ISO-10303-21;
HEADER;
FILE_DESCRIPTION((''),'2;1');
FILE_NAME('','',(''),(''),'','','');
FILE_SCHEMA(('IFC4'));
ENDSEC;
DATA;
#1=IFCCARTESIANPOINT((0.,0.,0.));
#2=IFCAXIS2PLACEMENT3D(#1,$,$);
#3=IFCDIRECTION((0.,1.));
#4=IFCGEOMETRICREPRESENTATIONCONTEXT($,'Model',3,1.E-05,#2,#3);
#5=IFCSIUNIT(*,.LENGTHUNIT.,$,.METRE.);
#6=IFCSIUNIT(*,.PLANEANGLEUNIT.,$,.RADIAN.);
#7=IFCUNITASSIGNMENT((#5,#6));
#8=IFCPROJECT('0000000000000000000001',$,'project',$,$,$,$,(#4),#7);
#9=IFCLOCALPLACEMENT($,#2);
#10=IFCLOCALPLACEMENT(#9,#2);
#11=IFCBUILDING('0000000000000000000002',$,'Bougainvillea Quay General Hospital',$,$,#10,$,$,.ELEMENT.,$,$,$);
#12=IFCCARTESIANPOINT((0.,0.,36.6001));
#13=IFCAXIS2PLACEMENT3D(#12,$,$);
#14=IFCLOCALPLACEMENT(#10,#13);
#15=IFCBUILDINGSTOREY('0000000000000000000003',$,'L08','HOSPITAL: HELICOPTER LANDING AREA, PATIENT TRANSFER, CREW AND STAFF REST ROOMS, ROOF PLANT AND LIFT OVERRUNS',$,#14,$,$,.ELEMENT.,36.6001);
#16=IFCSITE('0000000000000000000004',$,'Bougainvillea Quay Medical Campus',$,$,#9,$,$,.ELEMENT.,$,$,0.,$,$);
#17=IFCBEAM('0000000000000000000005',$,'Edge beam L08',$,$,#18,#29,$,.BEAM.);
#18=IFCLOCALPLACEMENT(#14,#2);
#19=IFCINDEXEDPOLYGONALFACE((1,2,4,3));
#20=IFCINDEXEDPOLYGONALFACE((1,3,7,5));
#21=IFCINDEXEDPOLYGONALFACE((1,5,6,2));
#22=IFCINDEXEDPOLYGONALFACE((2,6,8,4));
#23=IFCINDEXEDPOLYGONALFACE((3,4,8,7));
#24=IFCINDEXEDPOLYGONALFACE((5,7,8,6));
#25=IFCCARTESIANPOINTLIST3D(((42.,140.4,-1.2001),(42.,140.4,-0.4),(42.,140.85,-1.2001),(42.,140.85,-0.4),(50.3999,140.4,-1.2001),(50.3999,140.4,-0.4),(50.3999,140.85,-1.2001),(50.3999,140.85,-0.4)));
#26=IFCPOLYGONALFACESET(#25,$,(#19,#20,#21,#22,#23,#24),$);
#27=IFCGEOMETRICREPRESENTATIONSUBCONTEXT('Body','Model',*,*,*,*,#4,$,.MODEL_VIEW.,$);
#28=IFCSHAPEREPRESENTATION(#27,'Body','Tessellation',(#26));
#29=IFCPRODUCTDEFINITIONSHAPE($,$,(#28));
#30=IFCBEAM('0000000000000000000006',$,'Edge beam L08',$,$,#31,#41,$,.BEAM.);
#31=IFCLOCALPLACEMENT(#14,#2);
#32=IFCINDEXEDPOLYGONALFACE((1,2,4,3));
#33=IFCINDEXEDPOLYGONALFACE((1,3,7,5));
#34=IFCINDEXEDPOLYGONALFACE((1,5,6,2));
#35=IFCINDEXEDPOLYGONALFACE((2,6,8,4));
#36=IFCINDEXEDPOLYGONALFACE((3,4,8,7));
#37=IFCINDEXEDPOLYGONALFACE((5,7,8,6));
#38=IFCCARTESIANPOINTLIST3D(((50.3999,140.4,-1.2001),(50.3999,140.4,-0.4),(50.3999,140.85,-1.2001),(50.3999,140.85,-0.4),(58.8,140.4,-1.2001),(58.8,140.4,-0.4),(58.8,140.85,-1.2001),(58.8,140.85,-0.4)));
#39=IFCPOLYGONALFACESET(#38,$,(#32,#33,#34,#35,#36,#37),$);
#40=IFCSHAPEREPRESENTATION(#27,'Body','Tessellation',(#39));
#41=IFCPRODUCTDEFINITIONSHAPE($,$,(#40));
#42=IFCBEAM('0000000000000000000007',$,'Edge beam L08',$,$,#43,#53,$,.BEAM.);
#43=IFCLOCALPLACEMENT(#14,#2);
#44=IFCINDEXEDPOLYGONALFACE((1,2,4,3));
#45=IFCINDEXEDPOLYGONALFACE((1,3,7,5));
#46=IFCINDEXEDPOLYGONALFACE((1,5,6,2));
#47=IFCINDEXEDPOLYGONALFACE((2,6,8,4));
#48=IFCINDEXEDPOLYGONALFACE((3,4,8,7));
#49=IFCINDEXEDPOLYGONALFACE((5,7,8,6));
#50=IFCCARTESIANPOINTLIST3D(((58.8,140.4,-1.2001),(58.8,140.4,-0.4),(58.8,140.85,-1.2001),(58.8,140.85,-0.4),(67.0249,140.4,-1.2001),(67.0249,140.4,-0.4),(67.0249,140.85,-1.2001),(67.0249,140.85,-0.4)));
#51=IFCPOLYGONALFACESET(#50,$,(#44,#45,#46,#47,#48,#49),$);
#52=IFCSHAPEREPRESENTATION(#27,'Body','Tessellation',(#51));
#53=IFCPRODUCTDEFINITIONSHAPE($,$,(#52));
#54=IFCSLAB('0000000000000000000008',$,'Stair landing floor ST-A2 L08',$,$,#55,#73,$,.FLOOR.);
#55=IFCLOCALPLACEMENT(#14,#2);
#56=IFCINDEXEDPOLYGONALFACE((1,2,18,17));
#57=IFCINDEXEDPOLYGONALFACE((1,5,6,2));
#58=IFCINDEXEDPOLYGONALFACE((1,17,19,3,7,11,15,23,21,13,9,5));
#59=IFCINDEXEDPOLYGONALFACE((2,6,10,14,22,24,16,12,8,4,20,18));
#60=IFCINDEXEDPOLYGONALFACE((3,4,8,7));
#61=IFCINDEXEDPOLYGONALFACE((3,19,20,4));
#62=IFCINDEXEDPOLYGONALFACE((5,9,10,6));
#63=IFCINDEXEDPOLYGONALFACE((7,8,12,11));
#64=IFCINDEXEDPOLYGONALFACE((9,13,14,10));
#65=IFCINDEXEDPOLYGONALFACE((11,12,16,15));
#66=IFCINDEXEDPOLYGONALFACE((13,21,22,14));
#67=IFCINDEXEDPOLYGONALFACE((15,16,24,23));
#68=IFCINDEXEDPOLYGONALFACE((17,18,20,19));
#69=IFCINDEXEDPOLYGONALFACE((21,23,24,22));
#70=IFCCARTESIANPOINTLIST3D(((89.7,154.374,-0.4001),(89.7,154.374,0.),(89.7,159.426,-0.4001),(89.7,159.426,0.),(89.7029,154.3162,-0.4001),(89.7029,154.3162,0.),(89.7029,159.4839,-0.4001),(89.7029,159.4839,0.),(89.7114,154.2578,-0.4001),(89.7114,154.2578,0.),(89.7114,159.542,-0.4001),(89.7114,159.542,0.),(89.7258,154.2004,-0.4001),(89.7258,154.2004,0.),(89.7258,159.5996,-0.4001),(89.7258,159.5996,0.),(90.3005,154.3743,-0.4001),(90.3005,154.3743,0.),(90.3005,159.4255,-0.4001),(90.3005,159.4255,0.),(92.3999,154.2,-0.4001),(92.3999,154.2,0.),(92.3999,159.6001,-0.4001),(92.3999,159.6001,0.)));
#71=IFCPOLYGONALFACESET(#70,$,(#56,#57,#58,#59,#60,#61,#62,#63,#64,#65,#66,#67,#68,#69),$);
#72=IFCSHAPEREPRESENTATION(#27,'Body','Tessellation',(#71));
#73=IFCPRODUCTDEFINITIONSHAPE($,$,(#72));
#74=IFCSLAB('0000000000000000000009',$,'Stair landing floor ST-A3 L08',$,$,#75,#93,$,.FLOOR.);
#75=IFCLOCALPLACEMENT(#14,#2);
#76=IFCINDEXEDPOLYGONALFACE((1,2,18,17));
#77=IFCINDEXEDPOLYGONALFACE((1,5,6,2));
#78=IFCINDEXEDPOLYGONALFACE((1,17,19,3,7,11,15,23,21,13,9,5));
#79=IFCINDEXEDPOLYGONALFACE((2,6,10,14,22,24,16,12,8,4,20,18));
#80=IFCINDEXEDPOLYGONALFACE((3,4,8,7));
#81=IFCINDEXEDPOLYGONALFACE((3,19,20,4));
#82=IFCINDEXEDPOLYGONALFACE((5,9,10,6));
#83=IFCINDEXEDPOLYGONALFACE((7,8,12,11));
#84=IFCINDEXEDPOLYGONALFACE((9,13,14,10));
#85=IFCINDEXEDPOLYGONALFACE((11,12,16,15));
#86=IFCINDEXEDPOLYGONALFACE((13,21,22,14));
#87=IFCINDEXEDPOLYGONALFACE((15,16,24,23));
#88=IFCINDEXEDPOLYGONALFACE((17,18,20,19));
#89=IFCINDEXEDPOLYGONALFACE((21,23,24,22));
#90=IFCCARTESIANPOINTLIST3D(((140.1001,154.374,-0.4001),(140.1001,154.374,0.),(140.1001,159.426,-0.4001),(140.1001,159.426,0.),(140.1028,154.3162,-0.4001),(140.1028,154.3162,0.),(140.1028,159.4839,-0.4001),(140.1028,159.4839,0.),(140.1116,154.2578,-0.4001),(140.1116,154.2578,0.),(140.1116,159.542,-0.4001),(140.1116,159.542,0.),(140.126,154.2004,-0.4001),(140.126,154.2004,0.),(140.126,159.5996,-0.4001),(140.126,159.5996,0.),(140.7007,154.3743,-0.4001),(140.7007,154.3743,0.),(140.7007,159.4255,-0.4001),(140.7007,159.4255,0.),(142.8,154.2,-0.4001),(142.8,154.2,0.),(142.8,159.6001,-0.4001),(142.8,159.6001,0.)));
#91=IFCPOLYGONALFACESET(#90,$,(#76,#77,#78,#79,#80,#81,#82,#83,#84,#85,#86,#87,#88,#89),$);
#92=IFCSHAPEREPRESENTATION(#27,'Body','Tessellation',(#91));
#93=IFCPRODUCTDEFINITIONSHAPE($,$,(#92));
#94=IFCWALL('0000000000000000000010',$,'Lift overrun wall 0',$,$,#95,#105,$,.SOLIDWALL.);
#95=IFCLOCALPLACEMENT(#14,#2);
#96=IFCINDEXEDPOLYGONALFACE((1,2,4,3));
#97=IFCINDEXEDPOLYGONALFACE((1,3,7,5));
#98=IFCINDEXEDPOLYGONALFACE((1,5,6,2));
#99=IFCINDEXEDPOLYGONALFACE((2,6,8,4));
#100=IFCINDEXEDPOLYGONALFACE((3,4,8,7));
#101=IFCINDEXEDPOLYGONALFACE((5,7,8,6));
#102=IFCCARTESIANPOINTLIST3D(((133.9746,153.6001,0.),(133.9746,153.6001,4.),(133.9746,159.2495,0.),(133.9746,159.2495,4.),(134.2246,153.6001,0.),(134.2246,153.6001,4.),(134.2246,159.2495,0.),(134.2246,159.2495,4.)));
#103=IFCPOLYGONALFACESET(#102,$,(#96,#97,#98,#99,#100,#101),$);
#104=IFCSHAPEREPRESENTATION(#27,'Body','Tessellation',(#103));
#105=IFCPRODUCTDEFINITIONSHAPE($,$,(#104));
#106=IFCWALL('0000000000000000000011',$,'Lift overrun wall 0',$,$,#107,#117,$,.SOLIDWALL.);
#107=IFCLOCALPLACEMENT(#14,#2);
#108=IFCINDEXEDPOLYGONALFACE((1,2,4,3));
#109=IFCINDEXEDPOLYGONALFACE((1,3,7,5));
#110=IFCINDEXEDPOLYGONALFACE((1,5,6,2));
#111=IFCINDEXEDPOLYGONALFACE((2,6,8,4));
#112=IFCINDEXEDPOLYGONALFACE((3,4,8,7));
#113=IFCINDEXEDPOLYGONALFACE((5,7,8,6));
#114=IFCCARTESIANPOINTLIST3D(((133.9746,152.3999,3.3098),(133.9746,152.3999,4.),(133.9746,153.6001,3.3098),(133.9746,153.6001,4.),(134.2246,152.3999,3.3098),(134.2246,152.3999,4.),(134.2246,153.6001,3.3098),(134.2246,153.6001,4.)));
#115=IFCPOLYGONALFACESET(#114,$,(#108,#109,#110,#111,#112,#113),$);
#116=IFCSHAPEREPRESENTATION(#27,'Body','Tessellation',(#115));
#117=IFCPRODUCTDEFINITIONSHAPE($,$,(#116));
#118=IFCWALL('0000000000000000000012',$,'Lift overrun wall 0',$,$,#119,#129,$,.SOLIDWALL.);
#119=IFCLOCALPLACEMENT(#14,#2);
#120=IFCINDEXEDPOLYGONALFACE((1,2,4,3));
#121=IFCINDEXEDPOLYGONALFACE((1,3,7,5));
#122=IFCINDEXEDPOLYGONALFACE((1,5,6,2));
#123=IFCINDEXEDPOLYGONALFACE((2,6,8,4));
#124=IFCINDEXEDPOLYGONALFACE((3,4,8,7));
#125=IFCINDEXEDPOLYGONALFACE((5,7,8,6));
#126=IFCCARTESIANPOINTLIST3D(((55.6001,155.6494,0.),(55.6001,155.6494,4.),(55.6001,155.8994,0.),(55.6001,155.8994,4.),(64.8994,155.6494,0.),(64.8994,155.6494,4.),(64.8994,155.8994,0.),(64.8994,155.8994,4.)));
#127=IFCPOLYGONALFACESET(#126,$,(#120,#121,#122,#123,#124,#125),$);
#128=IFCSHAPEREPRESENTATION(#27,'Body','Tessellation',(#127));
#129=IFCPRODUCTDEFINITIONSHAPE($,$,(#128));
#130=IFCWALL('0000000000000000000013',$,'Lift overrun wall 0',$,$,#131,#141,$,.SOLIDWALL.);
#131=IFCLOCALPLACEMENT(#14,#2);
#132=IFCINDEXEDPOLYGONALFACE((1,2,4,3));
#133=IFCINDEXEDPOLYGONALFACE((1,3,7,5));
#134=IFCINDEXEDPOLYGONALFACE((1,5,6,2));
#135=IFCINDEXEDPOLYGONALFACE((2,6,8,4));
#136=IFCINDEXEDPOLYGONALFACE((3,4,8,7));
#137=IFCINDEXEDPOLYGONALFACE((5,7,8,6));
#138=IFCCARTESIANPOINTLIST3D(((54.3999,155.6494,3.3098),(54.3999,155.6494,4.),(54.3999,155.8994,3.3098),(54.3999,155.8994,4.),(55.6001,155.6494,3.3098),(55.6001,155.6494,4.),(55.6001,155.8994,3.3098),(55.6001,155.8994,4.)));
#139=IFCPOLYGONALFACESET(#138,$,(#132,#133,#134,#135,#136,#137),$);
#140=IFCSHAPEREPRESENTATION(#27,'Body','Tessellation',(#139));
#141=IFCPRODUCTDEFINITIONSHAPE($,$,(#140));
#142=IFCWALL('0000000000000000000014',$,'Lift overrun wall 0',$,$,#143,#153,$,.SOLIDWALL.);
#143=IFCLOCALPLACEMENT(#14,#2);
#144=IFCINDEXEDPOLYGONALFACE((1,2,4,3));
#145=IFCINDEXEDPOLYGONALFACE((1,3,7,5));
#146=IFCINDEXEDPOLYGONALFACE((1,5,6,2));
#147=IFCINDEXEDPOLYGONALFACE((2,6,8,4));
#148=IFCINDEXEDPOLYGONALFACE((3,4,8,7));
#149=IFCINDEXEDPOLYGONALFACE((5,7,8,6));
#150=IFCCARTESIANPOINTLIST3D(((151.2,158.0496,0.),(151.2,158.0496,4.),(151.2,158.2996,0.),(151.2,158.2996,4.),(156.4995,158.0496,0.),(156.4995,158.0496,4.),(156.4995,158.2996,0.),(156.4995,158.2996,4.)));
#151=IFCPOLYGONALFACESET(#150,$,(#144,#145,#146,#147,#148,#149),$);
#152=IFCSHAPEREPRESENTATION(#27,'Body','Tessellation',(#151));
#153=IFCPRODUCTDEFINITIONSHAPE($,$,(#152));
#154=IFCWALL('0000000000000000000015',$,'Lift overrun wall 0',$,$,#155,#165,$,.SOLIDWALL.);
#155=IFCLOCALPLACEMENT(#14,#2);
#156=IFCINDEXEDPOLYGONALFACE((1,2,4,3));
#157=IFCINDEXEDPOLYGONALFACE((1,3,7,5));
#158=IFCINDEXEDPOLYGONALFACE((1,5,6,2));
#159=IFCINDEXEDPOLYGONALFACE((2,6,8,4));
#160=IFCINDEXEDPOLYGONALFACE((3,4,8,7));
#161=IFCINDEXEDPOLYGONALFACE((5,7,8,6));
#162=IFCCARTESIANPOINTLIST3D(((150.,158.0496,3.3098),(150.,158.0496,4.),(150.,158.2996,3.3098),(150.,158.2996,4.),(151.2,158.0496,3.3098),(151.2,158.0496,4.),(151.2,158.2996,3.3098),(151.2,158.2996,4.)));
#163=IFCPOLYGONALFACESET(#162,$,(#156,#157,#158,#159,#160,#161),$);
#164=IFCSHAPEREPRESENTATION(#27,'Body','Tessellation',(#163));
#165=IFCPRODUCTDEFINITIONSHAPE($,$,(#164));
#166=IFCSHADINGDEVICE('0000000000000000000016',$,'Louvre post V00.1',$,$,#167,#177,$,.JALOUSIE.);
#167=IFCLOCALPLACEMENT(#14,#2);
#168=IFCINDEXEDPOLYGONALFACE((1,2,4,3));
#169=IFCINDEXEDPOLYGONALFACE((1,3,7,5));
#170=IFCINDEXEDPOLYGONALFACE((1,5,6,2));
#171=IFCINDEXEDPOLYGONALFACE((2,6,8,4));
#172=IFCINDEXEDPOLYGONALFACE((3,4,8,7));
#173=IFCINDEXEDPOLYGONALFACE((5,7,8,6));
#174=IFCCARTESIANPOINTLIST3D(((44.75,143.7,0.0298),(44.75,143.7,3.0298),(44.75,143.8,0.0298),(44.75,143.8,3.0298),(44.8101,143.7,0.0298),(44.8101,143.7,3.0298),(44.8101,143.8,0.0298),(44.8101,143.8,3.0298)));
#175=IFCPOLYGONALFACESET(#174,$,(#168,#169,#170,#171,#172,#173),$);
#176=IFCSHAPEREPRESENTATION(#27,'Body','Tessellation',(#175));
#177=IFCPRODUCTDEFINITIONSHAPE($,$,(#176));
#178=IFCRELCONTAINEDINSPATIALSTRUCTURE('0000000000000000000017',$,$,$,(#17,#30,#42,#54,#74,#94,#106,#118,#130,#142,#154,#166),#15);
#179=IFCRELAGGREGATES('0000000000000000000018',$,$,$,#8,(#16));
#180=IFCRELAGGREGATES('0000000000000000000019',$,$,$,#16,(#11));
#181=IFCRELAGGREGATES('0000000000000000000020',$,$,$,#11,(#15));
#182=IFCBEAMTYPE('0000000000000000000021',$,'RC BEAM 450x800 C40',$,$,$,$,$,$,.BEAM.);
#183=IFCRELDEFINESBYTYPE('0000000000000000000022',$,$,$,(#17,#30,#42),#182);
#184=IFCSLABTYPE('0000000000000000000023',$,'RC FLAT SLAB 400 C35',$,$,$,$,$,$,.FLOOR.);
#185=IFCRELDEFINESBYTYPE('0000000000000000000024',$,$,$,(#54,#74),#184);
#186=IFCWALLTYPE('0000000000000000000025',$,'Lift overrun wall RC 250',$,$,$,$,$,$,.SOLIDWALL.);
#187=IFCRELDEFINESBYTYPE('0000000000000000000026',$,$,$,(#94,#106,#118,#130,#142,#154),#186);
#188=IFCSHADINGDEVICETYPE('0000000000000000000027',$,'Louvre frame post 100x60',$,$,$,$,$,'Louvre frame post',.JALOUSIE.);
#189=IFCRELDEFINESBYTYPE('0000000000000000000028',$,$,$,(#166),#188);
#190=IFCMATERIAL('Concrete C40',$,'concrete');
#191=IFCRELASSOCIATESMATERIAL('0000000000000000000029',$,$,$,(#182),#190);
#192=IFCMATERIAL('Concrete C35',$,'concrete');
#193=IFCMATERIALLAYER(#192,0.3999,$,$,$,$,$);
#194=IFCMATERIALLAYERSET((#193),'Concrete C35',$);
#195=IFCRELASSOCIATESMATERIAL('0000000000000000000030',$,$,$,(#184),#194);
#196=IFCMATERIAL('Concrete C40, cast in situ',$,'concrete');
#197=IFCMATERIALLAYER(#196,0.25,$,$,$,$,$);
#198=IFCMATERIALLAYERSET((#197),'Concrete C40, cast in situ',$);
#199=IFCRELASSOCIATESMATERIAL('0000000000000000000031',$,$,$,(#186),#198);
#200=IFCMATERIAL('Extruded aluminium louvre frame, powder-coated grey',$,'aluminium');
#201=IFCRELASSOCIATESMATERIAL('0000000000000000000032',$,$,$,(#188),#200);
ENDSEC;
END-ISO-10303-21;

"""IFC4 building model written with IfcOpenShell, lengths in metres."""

from ifc_helpers import new_model, si_unit, direction, frame, origin, origin_2d, place, context, subcontext, project, spatial, polyline, rectangle, outline, extrude, material, layer, layer_set, material_profile, profile_set, type_object, element, save


model = new_model("IFC4")

# Units and contexts
model_context = context("Model", 3, precision=1e-05, world=origin(), true_north=direction((0.0, 1.0)))
body_context = subcontext(model_context, "Body", "Model", "MODEL_VIEW")
ifc_project = project(units=[si_unit("LENGTHUNIT", "METRE"), si_unit("PLANEANGLEUNIT", "RADIAN")], contexts=[model_context])

# Site, building, storey
site_placement = place(None, origin())
site = spatial("IfcSite", under=ifc_project, at=site_placement, Name="Bougainvillea Quay Medical Campus", CompositionType="ELEMENT", RefElevation=0.0)
building_placement = place(site_placement, origin())
building = spatial("IfcBuilding", under=site, at=building_placement, Name="Bougainvillea Quay General Hospital", CompositionType="ELEMENT")
storey_placement = place(building_placement, frame((0.0, 0.0, 36.6001)))
storey = spatial("IfcBuildingStorey", under=building, at=storey_placement, Name="L08", Description="HOSPITAL: HELICOPTER LANDING AREA, PATIENT TRANSFER, CREW AND STAFF REST ROOMS, ROOF PLANT AND LIFT OVERRUNS", CompositionType="ELEMENT", Elevation=36.6001)

# Beams
ifc_material_1 = material(Name="Concrete C40", Category="concrete")
ifc_material_profile_1 = material_profile(ifc_material_1, rectangle(XDim=0.45, YDim=0.8, at=origin_2d()))
ifc_profile_set_1 = profile_set([ifc_material_profile_1], Name="Concrete C40")
beam_type = type_object("IfcBeamType", Name="RC BEAM 450x800 C40", PredefinedType="BEAM", material=ifc_profile_set_1)
beam_1_placement = place(storey_placement, frame((42.0, 140.625, -0.8), z_axis=(1.0, 0.0, 0.0), x_axis=(0.0, 1.0, 0.0)))
element("IfcBeam", 1, at=beam_1_placement, inside=storey, type_object=beam_type, Name="Edge beam L08", PredefinedType="BEAM", context=body_context, shape_type="SweptSolid", body=[
    extrude(rectangle(XDim=0.45, YDim=0.8, at=origin_2d()), origin(), (0.0, 0.0, 1.0), 8.3999),
])
beam_2_placement = place(storey_placement, frame((50.3999, 140.625, -0.8), z_axis=(1.0, 0.0, 0.0), x_axis=(0.0, 1.0, 0.0)))
element("IfcBeam", 2, at=beam_2_placement, inside=storey, type_object=beam_type, Name="Edge beam L08", PredefinedType="BEAM", context=body_context, shape_type="SweptSolid", body=[
    extrude(rectangle(XDim=0.45, YDim=0.8, at=origin_2d()), origin(), (0.0, 0.0, 1.0), 8.4001),
])
beam_3_placement = place(storey_placement, frame((58.8, 140.625, -0.8), z_axis=(1.0, 0.0, 0.0), x_axis=(0.0, 1.0, 0.0)))
element("IfcBeam", 3, at=beam_3_placement, inside=storey, type_object=beam_type, Name="Edge beam L08", PredefinedType="BEAM", context=body_context, shape_type="SweptSolid", body=[
    extrude(rectangle(XDim=0.45, YDim=0.8, at=origin_2d()), origin(), (0.0, 0.0, 1.0), 8.2249),
])

# Slabs
ifc_material_2 = material(Name="Concrete C35", Category="concrete")
ifc_layer_1 = layer(ifc_material_2, 0.3999)
ifc_layer_set_1 = layer_set([ifc_layer_1], Name="Concrete C35")
slab_type = type_object("IfcSlabType", Name="RC FLAT SLAB 400 C35", PredefinedType="FLOOR", material=ifc_layer_set_1)
slab_1_placement = place(storey_placement, frame((0.0, 0.0, -0.4001)))
element("IfcSlab", 4, at=slab_1_placement, inside=storey, type_object=slab_type, Name="Stair landing floor ST-A2 L08", PredefinedType="FLOOR", context=body_context, shape_type="SweptSolid", body=[
    extrude(outline(polyline([(89.7029, 159.4839), (89.7114, 159.542), (89.7258, 159.5996), (92.3999, 159.6001), (92.3999, 154.2), (89.7258, 154.2004), (89.7114, 154.2578), (89.7029, 154.3162), (89.7, 154.374), (90.3005, 154.3743), (90.3005, 159.4255), (89.7, 159.426), (89.7029, 159.4839)])), origin(), (0.0, 0.0, 1.0), 0.4001),
])
slab_2_placement = place(storey_placement, frame((0.0, 0.0, -0.4001)))
element("IfcSlab", 5, at=slab_2_placement, inside=storey, type_object=slab_type, Name="Stair landing floor ST-A3 L08", PredefinedType="FLOOR", context=body_context, shape_type="SweptSolid", body=[
    extrude(outline(polyline([(140.1028, 159.4839), (140.1116, 159.542), (140.126, 159.5996), (142.8, 159.6001), (142.8, 154.2), (140.126, 154.2004), (140.1116, 154.2578), (140.1028, 154.3162), (140.1001, 154.374), (140.7007, 154.3743), (140.7007, 159.4255), (140.1001, 159.426), (140.1028, 159.4839)])), origin(), (0.0, 0.0, 1.0), 0.4001),
])

# Walls
ifc_material_3 = material(Name="Concrete C40, cast in situ", Category="concrete")
ifc_layer_2 = layer(ifc_material_3, 0.25)
ifc_layer_set_2 = layer_set([ifc_layer_2], Name="Concrete C40, cast in situ")
wall_type = type_object("IfcWallType", Name="Lift overrun wall RC 250", PredefinedType="SOLIDWALL", material=ifc_layer_set_2)
wall_1_placement = place(storey_placement, origin())
element("IfcWall", 6, at=wall_1_placement, inside=storey, type_object=wall_type, Name="Lift overrun wall 0", PredefinedType="SOLIDWALL", context=body_context, shape_type="SweptSolid", body=[
    extrude(outline(polyline([(133.9746, 159.2495), (134.2246, 159.2495), (134.2246, 153.6001), (133.9746, 153.6001), (133.9746, 159.2495)])), origin(), (0.0, 0.0, 1.0), 4.0),
])
wall_2_placement = place(storey_placement, frame((0.0, 0.0, 3.3098)))
element("IfcWall", 7, at=wall_2_placement, inside=storey, type_object=wall_type, Name="Lift overrun wall 0", PredefinedType="SOLIDWALL", context=body_context, shape_type="SweptSolid", body=[
    extrude(outline(polyline([(134.2246, 152.3999), (133.9746, 152.3999), (133.9746, 153.6001), (134.2246, 153.6001), (134.2246, 152.3999)])), origin(), (0.0, 0.0, 1.0), 0.6902),
])
wall_3_placement = place(storey_placement, origin())
element("IfcWall", 8, at=wall_3_placement, inside=storey, type_object=wall_type, Name="Lift overrun wall 0", PredefinedType="SOLIDWALL", context=body_context, shape_type="SweptSolid", body=[
    extrude(outline(polyline([(64.8994, 155.8994), (64.8994, 155.6494), (55.6001, 155.6494), (55.6001, 155.8994), (64.8994, 155.8994)])), origin(), (0.0, 0.0, 1.0), 4.0),
])
wall_4_placement = place(storey_placement, frame((0.0, 0.0, 3.3098)))
element("IfcWall", 9, at=wall_4_placement, inside=storey, type_object=wall_type, Name="Lift overrun wall 0", PredefinedType="SOLIDWALL", context=body_context, shape_type="SweptSolid", body=[
    extrude(outline(polyline([(54.3999, 155.6494), (54.3999, 155.8994), (55.6001, 155.8994), (55.6001, 155.6494), (54.3999, 155.6494)])), origin(), (0.0, 0.0, 1.0), 0.6902),
])
wall_5_placement = place(storey_placement, origin())
element("IfcWall", 10, at=wall_5_placement, inside=storey, type_object=wall_type, Name="Lift overrun wall 0", PredefinedType="SOLIDWALL", context=body_context, shape_type="SweptSolid", body=[
    extrude(outline(polyline([(156.4995, 158.2996), (156.4995, 158.0496), (151.2, 158.0496), (151.2, 158.2996), (156.4995, 158.2996)])), origin(), (0.0, 0.0, 1.0), 4.0),
])
wall_6_placement = place(storey_placement, frame((0.0, 0.0, 3.3098)))
element("IfcWall", 11, at=wall_6_placement, inside=storey, type_object=wall_type, Name="Lift overrun wall 0", PredefinedType="SOLIDWALL", context=body_context, shape_type="SweptSolid", body=[
    extrude(outline(polyline([(150.0, 158.0496), (150.0, 158.2996), (151.2, 158.2996), (151.2, 158.0496), (150.0, 158.0496)])), origin(), (0.0, 0.0, 1.0), 0.6902),
])

# Shading device
ifc_material_4 = material(Name="Extruded aluminium louvre frame, powder-coated grey", Category="aluminium")
ifc_material_profile_2 = material_profile(ifc_material_4, rectangle(XDim=0.1001, YDim=0.0601, at=origin_2d()))
ifc_profile_set_2 = profile_set([ifc_material_profile_2], Name="Extruded aluminium louvre frame, powder-coated grey")
shading_device_type_1 = type_object("IfcShadingDeviceType", Name="Louvre frame post 100x60", ElementType="Louvre frame post", PredefinedType="JALOUSIE", material=ifc_profile_set_2)
shading_device_placement = place(storey_placement, frame((44.78, 143.75, 0.0298), z_axis=(0.0, 0.0, 1.0), x_axis=(0.0, 1.0, 0.0)))
element("IfcShadingDevice", 12, at=shading_device_placement, inside=storey, type_object=shading_device_type_1, Name="Louvre post V00.1", PredefinedType="JALOUSIE", context=body_context, shape_type="SweptSolid", body=[
    extrude(rectangle(XDim=0.1001, YDim=0.0601, at=origin_2d()), origin(), (0.0, 0.0, 1.0), 3.0),
])

save(model, "model.ifc")
